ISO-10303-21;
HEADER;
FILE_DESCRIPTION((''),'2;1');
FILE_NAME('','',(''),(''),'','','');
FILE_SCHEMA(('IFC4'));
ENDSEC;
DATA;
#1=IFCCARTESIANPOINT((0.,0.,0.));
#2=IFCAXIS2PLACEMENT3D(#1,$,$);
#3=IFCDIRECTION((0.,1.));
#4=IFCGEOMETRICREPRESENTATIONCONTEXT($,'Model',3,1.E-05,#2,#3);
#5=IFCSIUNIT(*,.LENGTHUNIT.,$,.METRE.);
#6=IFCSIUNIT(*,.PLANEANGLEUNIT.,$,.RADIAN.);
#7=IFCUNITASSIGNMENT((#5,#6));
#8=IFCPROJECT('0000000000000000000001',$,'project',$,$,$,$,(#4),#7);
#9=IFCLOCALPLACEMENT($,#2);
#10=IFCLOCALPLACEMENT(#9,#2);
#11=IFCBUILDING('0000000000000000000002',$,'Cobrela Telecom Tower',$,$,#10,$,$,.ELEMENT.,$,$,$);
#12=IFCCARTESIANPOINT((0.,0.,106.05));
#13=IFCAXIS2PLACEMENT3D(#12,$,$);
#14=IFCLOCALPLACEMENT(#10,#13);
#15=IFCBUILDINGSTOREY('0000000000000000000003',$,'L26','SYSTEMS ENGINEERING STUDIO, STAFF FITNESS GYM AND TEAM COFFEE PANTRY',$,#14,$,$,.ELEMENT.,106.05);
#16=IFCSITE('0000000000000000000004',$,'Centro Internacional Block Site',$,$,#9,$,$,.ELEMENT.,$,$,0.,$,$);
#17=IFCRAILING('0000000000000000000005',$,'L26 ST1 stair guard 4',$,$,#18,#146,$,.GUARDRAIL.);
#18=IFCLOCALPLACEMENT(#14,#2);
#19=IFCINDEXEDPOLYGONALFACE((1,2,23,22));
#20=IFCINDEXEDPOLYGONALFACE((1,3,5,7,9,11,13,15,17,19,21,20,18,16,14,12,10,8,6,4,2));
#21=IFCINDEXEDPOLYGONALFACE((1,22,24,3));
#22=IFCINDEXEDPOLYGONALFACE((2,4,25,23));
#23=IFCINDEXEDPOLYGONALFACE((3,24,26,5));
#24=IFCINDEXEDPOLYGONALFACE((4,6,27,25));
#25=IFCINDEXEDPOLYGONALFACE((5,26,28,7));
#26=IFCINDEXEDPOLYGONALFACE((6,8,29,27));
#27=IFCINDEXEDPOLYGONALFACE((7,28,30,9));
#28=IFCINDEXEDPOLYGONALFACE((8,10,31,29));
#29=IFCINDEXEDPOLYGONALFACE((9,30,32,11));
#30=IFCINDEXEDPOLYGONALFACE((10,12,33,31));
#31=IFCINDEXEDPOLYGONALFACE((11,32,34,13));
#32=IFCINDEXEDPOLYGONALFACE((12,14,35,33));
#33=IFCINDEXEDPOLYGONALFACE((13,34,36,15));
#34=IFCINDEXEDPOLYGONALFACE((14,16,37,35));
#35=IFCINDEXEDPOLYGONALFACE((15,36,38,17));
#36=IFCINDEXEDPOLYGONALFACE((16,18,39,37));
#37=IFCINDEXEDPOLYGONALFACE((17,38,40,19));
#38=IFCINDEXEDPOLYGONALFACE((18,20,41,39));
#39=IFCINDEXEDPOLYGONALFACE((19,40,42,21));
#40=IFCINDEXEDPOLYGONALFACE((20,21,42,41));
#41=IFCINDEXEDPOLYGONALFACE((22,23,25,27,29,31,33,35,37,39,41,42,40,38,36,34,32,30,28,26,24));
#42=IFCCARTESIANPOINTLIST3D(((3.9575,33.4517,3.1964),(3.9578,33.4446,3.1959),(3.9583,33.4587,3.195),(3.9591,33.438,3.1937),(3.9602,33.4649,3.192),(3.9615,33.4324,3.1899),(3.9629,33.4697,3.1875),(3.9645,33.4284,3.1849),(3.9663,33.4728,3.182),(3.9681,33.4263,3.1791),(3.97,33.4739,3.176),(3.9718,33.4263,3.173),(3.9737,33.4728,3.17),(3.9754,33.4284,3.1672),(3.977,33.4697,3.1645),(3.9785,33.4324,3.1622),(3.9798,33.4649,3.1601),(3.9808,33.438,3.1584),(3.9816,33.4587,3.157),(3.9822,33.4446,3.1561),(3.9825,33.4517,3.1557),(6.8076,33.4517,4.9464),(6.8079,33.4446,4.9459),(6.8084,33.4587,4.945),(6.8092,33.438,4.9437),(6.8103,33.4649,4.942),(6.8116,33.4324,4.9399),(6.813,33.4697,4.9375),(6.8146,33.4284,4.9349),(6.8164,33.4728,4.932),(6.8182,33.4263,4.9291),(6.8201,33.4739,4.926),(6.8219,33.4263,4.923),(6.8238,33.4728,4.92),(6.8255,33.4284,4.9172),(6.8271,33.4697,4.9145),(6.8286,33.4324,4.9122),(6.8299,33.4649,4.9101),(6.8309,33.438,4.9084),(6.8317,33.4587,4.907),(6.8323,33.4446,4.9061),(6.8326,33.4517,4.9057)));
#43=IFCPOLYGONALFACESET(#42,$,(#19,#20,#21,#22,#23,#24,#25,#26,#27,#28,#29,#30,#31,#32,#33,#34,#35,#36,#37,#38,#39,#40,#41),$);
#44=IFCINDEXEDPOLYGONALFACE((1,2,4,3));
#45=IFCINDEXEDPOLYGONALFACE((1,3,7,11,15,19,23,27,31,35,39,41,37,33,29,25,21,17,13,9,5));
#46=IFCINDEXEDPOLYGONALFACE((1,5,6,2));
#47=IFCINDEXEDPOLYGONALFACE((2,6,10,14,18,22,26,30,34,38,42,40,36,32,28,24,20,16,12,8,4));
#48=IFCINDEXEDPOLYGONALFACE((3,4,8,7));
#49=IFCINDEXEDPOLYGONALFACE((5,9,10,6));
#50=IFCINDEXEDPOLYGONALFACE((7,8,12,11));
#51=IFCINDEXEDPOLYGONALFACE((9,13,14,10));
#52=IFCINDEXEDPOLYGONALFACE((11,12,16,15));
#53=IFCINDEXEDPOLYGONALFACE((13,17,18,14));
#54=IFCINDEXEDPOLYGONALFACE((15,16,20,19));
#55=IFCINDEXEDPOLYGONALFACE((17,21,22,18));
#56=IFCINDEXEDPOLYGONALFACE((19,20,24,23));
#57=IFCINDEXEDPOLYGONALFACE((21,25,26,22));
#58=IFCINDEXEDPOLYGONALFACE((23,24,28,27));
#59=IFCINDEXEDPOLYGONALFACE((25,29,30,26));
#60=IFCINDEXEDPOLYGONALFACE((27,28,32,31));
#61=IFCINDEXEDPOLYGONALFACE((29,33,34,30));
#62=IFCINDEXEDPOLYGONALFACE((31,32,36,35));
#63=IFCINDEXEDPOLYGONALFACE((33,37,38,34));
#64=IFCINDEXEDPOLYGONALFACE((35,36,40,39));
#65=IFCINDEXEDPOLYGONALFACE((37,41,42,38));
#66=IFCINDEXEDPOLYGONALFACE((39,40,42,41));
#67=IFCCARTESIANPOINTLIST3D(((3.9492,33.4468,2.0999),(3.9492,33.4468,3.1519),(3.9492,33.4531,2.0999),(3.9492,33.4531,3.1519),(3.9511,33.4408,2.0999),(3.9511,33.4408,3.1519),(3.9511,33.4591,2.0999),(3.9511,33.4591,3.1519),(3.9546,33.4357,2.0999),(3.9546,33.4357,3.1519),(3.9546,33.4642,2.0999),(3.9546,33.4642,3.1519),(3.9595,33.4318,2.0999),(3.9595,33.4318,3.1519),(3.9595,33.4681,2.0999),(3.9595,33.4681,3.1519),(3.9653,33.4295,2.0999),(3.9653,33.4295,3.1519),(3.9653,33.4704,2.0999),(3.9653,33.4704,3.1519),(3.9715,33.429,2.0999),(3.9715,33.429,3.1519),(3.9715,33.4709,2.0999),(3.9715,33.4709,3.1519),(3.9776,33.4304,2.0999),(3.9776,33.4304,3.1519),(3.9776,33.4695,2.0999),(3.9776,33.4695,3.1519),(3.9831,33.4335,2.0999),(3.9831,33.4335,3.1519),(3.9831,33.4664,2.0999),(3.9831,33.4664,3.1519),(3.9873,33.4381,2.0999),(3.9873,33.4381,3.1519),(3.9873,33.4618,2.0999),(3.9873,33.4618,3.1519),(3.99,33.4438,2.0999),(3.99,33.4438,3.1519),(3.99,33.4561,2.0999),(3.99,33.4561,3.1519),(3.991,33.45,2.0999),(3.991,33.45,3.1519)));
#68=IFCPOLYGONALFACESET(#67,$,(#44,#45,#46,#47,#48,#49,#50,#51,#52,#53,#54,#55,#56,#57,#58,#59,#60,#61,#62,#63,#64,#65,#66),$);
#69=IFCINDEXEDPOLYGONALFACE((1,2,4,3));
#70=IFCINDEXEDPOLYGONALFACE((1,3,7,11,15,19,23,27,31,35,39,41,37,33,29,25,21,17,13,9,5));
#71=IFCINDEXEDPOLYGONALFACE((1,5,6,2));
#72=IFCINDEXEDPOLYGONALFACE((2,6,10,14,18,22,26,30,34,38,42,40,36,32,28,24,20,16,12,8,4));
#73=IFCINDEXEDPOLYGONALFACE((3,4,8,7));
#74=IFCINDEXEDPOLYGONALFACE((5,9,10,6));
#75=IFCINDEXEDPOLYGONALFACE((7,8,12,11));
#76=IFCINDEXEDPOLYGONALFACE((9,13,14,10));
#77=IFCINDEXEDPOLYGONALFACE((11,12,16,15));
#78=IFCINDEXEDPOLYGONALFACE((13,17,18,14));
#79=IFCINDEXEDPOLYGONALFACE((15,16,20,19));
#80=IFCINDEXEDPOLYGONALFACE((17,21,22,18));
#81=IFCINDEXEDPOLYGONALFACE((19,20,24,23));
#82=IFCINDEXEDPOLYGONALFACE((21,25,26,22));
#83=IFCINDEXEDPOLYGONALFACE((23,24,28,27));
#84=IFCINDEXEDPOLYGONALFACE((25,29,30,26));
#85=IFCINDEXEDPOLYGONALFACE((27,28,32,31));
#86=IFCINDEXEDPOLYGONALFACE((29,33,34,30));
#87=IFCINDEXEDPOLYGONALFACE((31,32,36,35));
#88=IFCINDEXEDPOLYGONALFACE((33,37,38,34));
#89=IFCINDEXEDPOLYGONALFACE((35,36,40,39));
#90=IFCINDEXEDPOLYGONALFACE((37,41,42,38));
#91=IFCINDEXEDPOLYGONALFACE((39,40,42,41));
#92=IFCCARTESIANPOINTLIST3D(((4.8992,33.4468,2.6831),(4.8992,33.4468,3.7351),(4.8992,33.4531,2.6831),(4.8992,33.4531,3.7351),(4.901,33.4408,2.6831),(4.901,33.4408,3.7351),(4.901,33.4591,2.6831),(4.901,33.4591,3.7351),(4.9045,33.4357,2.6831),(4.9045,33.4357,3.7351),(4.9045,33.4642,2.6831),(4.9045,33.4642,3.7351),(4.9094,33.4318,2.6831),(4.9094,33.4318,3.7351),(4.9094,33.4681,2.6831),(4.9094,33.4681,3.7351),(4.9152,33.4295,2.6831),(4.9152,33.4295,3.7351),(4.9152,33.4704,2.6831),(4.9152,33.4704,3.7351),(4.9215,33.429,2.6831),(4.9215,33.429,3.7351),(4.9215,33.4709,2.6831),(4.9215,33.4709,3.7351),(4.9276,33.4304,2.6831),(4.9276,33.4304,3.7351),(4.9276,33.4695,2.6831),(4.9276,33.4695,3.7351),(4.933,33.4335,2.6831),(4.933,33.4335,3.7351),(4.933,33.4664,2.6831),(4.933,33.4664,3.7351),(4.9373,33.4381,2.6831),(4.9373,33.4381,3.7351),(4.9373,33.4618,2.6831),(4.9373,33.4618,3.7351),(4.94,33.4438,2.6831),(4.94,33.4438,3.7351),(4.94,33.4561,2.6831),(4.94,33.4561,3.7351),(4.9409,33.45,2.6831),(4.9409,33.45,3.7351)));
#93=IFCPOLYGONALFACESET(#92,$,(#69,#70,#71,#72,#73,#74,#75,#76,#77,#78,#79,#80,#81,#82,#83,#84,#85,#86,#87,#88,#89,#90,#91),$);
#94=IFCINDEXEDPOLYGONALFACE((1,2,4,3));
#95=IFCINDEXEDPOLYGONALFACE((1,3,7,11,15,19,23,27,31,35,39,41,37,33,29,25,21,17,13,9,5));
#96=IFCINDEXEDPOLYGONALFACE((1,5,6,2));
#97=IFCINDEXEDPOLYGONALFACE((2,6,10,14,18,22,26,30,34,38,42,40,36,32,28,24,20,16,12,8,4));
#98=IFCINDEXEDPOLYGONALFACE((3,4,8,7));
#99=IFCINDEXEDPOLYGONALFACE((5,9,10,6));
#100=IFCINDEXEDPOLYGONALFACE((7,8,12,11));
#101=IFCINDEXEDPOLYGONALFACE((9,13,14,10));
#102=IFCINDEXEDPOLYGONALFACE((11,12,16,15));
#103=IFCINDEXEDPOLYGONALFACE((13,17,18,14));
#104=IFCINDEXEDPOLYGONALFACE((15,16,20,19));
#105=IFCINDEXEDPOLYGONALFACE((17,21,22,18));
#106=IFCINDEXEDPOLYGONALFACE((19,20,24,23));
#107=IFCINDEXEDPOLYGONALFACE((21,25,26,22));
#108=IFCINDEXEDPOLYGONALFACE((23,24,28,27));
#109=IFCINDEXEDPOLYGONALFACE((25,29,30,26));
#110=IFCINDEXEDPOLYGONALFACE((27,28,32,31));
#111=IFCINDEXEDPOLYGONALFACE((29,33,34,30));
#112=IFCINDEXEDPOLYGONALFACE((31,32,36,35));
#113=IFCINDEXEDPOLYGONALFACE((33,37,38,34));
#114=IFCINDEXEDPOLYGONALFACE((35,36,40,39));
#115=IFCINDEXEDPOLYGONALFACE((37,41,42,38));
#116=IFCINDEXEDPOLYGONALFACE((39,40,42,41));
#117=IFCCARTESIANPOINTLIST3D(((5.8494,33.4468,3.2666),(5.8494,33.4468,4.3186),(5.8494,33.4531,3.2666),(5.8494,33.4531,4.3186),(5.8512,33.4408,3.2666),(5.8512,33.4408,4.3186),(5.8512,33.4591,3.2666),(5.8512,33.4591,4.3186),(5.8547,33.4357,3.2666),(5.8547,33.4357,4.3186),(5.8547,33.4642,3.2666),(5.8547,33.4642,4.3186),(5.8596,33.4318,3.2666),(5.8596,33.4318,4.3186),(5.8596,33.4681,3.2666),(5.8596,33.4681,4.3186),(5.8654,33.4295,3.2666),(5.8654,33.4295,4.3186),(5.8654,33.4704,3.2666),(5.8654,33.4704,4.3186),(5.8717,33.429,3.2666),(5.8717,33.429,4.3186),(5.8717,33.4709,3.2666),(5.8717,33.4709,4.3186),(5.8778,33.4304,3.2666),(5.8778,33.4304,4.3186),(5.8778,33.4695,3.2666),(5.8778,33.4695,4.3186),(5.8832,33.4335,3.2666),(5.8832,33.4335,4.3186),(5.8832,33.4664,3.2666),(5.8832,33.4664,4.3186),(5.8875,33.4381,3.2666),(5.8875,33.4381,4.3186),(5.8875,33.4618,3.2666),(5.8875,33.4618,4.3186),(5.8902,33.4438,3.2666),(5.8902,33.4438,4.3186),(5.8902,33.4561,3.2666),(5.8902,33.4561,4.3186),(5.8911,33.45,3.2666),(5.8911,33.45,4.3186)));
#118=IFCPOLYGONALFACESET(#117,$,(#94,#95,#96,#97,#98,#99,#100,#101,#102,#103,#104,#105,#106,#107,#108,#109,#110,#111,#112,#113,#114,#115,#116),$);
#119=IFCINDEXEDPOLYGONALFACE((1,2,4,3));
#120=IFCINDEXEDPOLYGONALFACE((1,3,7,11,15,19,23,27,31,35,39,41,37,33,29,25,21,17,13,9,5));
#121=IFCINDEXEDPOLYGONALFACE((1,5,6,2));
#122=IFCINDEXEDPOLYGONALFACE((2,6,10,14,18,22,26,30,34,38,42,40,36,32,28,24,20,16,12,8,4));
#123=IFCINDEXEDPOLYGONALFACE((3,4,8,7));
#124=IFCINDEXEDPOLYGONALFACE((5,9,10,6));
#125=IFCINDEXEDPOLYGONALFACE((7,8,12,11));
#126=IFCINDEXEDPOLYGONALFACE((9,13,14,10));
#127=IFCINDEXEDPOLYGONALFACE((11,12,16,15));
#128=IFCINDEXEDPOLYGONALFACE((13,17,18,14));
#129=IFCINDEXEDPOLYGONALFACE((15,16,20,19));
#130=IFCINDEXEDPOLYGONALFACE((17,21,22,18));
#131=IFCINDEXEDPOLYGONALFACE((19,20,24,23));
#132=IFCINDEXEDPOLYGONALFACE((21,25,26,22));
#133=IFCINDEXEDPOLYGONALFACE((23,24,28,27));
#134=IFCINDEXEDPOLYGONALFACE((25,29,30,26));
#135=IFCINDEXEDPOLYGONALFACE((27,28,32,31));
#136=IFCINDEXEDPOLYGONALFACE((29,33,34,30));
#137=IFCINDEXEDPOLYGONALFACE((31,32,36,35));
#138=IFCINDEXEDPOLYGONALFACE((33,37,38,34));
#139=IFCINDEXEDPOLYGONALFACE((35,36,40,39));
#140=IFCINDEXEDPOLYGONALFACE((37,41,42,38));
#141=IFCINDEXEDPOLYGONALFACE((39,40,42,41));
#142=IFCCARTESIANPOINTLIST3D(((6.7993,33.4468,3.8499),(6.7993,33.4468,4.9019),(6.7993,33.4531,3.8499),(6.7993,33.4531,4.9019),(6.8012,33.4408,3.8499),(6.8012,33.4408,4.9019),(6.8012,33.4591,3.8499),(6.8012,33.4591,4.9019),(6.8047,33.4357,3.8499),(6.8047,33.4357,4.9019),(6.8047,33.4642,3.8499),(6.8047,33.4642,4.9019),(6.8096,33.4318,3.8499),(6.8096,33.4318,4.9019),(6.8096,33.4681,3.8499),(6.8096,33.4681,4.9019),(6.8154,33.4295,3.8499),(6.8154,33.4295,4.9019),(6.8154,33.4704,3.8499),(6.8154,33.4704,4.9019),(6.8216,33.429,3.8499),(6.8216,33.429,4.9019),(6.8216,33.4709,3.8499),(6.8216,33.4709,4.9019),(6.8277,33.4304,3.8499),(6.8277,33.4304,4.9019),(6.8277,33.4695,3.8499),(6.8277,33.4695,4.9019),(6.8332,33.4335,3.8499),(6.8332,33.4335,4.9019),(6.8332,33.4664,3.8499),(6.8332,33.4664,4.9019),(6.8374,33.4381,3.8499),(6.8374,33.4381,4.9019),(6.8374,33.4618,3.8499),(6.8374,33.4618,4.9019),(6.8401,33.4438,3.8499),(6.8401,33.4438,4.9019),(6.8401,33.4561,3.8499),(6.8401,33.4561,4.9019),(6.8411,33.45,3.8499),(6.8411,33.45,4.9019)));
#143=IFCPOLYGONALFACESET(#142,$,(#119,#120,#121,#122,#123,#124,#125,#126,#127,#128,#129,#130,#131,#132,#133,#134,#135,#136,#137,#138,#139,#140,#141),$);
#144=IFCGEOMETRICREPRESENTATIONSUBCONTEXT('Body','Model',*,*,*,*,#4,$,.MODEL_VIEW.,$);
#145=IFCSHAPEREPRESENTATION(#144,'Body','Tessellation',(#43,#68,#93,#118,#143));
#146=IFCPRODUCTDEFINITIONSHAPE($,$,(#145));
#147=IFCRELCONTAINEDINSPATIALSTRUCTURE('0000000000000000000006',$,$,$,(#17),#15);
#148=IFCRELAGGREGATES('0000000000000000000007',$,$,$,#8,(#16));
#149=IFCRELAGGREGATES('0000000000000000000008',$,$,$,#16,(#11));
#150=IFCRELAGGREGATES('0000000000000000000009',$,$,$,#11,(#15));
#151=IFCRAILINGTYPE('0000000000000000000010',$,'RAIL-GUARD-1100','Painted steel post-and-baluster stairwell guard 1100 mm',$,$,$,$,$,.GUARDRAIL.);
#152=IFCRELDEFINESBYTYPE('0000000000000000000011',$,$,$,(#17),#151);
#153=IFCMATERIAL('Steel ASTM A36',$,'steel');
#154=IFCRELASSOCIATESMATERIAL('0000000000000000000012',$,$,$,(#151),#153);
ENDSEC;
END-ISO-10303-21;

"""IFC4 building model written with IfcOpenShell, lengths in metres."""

from ifc_helpers import new_model, si_unit, direction, frame, origin, origin_2d, place, context, subcontext, project, spatial, circle, extrude, material, type_object, element, save


model = new_model("IFC4")

# Units and contexts
model_context = context("Model", 3, precision=1e-05, world=origin(), true_north=direction((0.0, 1.0)))
body_context = subcontext(model_context, "Body", "Model", "MODEL_VIEW")
ifc_project = project(units=[si_unit("LENGTHUNIT", "METRE"), si_unit("PLANEANGLEUNIT", "RADIAN")], contexts=[model_context])

# Site, building, storey
site_placement = place(None, origin())
site = spatial("IfcSite", under=ifc_project, at=site_placement, Name="Centro Internacional Block Site", CompositionType="ELEMENT", RefElevation=0.0)
building_placement = place(site_placement, origin())
building = spatial("IfcBuilding", under=site, at=building_placement, Name="Cobrela Telecom Tower", CompositionType="ELEMENT")
storey_placement = place(building_placement, frame((0.0, 0.0, 106.05)))
storey = spatial("IfcBuildingStorey", under=building, at=storey_placement, Name="L26", Description="SYSTEMS ENGINEERING STUDIO, STAFF FITNESS GYM AND TEAM COFFEE PANTRY", CompositionType="ELEMENT", Elevation=106.05)

# Shared definitions
ifc_material_1 = material(Name="Steel ASTM A36", Category="steel")

# Railing
railing_type_1 = type_object("IfcRailingType", Name="RAIL-GUARD-1100", Description="Painted steel post-and-baluster stairwell guard 1100 mm", PredefinedType="GUARDRAIL", material=ifc_material_1)
railing_1_placement = place(storey_placement, frame((3.97, 33.45, 2.0999)))
element("IfcRailing", 1, at=railing_1_placement, inside=storey, type_object=railing_type_1, Name="L26 ST1 stair guard 4", PredefinedType="GUARDRAIL", context=body_context, shape_type="SweptSolid", body=[
    extrude(circle(Radius=0.0239, at=origin_2d()), frame((0.0, 0.0, 1.0762), z_axis=(0.852179, 0.0, 0.52325), x_axis=(0.0, 1.0, 0.0)), (0.0, 0.0, 1.0), 3.3445),
    extrude(circle(Radius=0.021, at=origin_2d()), origin(), (0.0, 0.0, 1.0), 1.052),
    extrude(circle(Radius=0.021, at=origin_2d()), frame((0.95, 0.0, 0.5833)), (0.0, 0.0, 1.0), 1.052),
    extrude(circle(Radius=0.021, at=origin_2d()), frame((1.9001, 0.0, 1.1667)), (0.0, 0.0, 1.0), 1.052),
    extrude(circle(Radius=0.021, at=origin_2d()), frame((2.8501, 0.0, 1.75)), (0.0, 0.0, 1.0), 1.052),
])

save(model, "model.ifc")
